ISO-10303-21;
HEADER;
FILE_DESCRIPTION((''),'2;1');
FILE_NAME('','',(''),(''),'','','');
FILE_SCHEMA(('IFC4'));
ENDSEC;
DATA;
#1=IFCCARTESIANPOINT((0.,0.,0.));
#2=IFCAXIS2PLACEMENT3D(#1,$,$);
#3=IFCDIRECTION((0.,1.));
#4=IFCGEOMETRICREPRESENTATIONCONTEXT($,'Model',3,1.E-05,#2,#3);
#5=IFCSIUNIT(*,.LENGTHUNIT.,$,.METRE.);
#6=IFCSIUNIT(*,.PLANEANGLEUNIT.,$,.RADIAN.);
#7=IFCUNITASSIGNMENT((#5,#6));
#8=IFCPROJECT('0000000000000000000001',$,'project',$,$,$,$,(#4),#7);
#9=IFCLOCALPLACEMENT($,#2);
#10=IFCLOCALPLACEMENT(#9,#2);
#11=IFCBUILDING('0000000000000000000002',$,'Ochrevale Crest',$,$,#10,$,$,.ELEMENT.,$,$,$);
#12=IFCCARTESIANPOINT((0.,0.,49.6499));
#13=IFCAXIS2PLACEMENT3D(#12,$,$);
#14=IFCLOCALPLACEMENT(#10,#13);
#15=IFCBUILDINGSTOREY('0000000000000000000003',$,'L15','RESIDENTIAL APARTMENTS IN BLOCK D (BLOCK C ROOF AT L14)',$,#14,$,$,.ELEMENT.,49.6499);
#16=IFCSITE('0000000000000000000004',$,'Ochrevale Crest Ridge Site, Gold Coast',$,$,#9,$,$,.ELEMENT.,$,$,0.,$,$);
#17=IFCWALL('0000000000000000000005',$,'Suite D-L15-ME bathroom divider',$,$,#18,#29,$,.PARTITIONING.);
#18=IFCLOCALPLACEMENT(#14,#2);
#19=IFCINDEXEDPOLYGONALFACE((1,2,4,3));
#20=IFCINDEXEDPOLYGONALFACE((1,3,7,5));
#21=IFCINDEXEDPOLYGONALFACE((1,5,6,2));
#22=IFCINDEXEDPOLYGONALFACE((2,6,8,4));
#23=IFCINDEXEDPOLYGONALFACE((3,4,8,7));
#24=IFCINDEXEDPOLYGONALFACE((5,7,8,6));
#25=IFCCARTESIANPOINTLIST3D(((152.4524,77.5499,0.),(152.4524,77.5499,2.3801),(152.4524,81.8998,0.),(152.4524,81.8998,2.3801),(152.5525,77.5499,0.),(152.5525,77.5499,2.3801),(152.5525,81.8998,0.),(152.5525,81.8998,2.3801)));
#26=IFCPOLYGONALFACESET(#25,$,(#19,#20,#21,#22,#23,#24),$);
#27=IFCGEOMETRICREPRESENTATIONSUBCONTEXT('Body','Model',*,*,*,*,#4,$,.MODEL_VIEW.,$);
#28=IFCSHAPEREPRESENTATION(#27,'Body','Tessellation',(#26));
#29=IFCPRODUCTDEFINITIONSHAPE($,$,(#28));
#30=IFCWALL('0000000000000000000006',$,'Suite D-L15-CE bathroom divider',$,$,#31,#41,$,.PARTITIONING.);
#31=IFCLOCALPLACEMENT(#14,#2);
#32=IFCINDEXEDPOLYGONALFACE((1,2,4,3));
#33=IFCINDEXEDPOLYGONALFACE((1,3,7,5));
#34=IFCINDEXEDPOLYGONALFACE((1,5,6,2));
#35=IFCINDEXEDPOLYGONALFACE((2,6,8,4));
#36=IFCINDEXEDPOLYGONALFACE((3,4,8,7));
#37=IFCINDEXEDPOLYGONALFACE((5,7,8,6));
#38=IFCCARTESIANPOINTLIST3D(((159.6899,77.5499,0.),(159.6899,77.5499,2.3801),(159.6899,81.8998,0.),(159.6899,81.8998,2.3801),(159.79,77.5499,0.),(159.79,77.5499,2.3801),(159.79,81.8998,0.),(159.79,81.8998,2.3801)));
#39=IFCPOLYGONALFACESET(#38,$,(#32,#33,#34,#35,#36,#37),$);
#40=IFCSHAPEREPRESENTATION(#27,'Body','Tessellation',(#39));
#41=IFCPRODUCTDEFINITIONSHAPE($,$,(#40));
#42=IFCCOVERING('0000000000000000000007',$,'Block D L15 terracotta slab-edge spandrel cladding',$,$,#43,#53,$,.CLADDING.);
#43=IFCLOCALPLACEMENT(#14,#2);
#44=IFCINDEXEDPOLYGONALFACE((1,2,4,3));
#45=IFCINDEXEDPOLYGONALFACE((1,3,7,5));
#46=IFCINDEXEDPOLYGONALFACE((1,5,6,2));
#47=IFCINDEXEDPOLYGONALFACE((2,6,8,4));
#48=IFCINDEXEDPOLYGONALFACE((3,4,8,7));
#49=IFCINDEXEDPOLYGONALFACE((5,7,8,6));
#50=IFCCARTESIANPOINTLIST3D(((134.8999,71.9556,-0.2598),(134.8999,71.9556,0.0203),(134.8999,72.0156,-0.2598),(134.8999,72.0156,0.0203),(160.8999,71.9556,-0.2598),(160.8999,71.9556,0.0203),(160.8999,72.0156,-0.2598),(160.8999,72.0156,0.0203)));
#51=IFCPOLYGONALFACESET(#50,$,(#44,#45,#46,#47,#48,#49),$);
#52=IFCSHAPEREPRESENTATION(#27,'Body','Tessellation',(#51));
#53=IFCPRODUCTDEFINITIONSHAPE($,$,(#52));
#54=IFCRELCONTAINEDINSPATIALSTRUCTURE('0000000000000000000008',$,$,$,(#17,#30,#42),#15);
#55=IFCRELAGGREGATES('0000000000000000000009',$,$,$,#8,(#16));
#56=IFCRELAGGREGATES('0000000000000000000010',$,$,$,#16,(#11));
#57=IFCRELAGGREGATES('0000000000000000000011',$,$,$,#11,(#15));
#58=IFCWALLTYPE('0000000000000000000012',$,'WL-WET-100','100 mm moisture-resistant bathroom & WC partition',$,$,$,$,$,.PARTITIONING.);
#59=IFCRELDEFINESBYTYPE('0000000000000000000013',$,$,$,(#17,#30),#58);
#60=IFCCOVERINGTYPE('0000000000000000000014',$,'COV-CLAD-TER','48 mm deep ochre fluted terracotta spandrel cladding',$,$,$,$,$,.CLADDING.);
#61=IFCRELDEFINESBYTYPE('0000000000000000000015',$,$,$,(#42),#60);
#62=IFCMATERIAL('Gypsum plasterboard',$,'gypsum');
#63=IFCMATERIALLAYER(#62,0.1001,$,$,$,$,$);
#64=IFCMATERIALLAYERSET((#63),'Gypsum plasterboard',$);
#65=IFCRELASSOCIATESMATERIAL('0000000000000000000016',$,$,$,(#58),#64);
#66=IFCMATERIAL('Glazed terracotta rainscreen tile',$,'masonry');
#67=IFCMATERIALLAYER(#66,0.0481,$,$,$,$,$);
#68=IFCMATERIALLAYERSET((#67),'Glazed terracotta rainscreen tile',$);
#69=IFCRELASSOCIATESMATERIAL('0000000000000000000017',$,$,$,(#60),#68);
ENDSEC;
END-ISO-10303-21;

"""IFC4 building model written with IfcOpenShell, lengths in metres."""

from ifc_helpers import new_model, si_unit, direction, frame, frame_2d, origin, origin_2d, place, context, subcontext, project, spatial, rectangle, extrude, material, layer, layer_set, type_object, element, save


model = new_model("IFC4")

# Units and contexts
model_context = context("Model", 3, precision=1e-05, world=origin(), true_north=direction((0.0, 1.0)))
body_context = subcontext(model_context, "Body", "Model", "MODEL_VIEW")
ifc_project = project(units=[si_unit("LENGTHUNIT", "METRE"), si_unit("PLANEANGLEUNIT", "RADIAN")], contexts=[model_context])

# Site, building, storey
site_placement = place(None, origin())
site = spatial("IfcSite", under=ifc_project, at=site_placement, Name="Ochrevale Crest Ridge Site, Gold Coast", CompositionType="ELEMENT", RefElevation=0.0)
building_placement = place(site_placement, origin())
building = spatial("IfcBuilding", under=site, at=building_placement, Name="Ochrevale Crest", CompositionType="ELEMENT")
storey_placement = place(building_placement, frame((0.0, 0.0, 49.6499)))
storey = spatial("IfcBuildingStorey", under=building, at=storey_placement, Name="L15", Description="RESIDENTIAL APARTMENTS IN BLOCK D (BLOCK C ROOF AT L14)", CompositionType="ELEMENT", Elevation=49.6499)

# Shared definitions
ifc_material_1 = material(Name="Gypsum plasterboard", Category="gypsum")

# Walls
ifc_layer_1 = layer(ifc_material_1, 0.1001)
ifc_layer_set_1 = layer_set([ifc_layer_1], Name="Gypsum plasterboard")
wall_type_1 = type_object("IfcWallType", Name="WL-WET-100", Description="100 mm moisture-resistant bathroom & WC partition", PredefinedType="PARTITIONING", material=ifc_layer_set_1)
for number, where, z_axis, x_axis, name in (
    (1, (152.5024, 77.55, 0.0), (0.0, 0.0, 1.0), (0.0, 1.0, 0.0), "Suite D-L15-ME bathroom divider"),
    (2, (159.74, 77.55, 0.0), (0.0, 0.0, 1.0), (0.0, 1.0, 0.0), "Suite D-L15-CE bathroom divider"),
):
    element("IfcWall", number, at=place(storey_placement, frame(where, z_axis=z_axis, x_axis=x_axis)), inside=storey, type_object=wall_type_1, Name=name, PredefinedType="PARTITIONING", context=body_context, shape_type="SweptSolid", body=[
        extrude(rectangle(XDim=4.3499, YDim=0.1001, at=frame_2d((2.1748, 0.0))), origin(), (0.0, 0.0, 1.0), 2.3801),
    ])

# Covering
ifc_material_2 = material(Name="Glazed terracotta rainscreen tile", Category="masonry")
ifc_layer_2 = layer(ifc_material_2, 0.0481)
ifc_layer_set_2 = layer_set([ifc_layer_2], Name="Glazed terracotta rainscreen tile")
covering_type = type_object("IfcCoveringType", Name="COV-CLAD-TER", Description="48 mm deep ochre fluted terracotta spandrel cladding", PredefinedType="CLADDING", material=ifc_layer_set_2)
covering_placement = place(storey_placement, frame((147.8999, 71.9856, -0.2598), z_axis=(0.0, 0.0, 1.0), x_axis=(1.0, 0.0, 0.0)))
element("IfcCovering", 3, at=covering_placement, inside=storey, type_object=covering_type, Name="Block D L15 terracotta slab-edge spandrel cladding", PredefinedType="CLADDING", context=body_context, shape_type="SweptSolid", body=[
    extrude(rectangle(XDim=26.0, YDim=0.0601, at=origin_2d()), origin(), (0.0, 0.0, 1.0), 0.28),
])

save(model, "model.ifc")
